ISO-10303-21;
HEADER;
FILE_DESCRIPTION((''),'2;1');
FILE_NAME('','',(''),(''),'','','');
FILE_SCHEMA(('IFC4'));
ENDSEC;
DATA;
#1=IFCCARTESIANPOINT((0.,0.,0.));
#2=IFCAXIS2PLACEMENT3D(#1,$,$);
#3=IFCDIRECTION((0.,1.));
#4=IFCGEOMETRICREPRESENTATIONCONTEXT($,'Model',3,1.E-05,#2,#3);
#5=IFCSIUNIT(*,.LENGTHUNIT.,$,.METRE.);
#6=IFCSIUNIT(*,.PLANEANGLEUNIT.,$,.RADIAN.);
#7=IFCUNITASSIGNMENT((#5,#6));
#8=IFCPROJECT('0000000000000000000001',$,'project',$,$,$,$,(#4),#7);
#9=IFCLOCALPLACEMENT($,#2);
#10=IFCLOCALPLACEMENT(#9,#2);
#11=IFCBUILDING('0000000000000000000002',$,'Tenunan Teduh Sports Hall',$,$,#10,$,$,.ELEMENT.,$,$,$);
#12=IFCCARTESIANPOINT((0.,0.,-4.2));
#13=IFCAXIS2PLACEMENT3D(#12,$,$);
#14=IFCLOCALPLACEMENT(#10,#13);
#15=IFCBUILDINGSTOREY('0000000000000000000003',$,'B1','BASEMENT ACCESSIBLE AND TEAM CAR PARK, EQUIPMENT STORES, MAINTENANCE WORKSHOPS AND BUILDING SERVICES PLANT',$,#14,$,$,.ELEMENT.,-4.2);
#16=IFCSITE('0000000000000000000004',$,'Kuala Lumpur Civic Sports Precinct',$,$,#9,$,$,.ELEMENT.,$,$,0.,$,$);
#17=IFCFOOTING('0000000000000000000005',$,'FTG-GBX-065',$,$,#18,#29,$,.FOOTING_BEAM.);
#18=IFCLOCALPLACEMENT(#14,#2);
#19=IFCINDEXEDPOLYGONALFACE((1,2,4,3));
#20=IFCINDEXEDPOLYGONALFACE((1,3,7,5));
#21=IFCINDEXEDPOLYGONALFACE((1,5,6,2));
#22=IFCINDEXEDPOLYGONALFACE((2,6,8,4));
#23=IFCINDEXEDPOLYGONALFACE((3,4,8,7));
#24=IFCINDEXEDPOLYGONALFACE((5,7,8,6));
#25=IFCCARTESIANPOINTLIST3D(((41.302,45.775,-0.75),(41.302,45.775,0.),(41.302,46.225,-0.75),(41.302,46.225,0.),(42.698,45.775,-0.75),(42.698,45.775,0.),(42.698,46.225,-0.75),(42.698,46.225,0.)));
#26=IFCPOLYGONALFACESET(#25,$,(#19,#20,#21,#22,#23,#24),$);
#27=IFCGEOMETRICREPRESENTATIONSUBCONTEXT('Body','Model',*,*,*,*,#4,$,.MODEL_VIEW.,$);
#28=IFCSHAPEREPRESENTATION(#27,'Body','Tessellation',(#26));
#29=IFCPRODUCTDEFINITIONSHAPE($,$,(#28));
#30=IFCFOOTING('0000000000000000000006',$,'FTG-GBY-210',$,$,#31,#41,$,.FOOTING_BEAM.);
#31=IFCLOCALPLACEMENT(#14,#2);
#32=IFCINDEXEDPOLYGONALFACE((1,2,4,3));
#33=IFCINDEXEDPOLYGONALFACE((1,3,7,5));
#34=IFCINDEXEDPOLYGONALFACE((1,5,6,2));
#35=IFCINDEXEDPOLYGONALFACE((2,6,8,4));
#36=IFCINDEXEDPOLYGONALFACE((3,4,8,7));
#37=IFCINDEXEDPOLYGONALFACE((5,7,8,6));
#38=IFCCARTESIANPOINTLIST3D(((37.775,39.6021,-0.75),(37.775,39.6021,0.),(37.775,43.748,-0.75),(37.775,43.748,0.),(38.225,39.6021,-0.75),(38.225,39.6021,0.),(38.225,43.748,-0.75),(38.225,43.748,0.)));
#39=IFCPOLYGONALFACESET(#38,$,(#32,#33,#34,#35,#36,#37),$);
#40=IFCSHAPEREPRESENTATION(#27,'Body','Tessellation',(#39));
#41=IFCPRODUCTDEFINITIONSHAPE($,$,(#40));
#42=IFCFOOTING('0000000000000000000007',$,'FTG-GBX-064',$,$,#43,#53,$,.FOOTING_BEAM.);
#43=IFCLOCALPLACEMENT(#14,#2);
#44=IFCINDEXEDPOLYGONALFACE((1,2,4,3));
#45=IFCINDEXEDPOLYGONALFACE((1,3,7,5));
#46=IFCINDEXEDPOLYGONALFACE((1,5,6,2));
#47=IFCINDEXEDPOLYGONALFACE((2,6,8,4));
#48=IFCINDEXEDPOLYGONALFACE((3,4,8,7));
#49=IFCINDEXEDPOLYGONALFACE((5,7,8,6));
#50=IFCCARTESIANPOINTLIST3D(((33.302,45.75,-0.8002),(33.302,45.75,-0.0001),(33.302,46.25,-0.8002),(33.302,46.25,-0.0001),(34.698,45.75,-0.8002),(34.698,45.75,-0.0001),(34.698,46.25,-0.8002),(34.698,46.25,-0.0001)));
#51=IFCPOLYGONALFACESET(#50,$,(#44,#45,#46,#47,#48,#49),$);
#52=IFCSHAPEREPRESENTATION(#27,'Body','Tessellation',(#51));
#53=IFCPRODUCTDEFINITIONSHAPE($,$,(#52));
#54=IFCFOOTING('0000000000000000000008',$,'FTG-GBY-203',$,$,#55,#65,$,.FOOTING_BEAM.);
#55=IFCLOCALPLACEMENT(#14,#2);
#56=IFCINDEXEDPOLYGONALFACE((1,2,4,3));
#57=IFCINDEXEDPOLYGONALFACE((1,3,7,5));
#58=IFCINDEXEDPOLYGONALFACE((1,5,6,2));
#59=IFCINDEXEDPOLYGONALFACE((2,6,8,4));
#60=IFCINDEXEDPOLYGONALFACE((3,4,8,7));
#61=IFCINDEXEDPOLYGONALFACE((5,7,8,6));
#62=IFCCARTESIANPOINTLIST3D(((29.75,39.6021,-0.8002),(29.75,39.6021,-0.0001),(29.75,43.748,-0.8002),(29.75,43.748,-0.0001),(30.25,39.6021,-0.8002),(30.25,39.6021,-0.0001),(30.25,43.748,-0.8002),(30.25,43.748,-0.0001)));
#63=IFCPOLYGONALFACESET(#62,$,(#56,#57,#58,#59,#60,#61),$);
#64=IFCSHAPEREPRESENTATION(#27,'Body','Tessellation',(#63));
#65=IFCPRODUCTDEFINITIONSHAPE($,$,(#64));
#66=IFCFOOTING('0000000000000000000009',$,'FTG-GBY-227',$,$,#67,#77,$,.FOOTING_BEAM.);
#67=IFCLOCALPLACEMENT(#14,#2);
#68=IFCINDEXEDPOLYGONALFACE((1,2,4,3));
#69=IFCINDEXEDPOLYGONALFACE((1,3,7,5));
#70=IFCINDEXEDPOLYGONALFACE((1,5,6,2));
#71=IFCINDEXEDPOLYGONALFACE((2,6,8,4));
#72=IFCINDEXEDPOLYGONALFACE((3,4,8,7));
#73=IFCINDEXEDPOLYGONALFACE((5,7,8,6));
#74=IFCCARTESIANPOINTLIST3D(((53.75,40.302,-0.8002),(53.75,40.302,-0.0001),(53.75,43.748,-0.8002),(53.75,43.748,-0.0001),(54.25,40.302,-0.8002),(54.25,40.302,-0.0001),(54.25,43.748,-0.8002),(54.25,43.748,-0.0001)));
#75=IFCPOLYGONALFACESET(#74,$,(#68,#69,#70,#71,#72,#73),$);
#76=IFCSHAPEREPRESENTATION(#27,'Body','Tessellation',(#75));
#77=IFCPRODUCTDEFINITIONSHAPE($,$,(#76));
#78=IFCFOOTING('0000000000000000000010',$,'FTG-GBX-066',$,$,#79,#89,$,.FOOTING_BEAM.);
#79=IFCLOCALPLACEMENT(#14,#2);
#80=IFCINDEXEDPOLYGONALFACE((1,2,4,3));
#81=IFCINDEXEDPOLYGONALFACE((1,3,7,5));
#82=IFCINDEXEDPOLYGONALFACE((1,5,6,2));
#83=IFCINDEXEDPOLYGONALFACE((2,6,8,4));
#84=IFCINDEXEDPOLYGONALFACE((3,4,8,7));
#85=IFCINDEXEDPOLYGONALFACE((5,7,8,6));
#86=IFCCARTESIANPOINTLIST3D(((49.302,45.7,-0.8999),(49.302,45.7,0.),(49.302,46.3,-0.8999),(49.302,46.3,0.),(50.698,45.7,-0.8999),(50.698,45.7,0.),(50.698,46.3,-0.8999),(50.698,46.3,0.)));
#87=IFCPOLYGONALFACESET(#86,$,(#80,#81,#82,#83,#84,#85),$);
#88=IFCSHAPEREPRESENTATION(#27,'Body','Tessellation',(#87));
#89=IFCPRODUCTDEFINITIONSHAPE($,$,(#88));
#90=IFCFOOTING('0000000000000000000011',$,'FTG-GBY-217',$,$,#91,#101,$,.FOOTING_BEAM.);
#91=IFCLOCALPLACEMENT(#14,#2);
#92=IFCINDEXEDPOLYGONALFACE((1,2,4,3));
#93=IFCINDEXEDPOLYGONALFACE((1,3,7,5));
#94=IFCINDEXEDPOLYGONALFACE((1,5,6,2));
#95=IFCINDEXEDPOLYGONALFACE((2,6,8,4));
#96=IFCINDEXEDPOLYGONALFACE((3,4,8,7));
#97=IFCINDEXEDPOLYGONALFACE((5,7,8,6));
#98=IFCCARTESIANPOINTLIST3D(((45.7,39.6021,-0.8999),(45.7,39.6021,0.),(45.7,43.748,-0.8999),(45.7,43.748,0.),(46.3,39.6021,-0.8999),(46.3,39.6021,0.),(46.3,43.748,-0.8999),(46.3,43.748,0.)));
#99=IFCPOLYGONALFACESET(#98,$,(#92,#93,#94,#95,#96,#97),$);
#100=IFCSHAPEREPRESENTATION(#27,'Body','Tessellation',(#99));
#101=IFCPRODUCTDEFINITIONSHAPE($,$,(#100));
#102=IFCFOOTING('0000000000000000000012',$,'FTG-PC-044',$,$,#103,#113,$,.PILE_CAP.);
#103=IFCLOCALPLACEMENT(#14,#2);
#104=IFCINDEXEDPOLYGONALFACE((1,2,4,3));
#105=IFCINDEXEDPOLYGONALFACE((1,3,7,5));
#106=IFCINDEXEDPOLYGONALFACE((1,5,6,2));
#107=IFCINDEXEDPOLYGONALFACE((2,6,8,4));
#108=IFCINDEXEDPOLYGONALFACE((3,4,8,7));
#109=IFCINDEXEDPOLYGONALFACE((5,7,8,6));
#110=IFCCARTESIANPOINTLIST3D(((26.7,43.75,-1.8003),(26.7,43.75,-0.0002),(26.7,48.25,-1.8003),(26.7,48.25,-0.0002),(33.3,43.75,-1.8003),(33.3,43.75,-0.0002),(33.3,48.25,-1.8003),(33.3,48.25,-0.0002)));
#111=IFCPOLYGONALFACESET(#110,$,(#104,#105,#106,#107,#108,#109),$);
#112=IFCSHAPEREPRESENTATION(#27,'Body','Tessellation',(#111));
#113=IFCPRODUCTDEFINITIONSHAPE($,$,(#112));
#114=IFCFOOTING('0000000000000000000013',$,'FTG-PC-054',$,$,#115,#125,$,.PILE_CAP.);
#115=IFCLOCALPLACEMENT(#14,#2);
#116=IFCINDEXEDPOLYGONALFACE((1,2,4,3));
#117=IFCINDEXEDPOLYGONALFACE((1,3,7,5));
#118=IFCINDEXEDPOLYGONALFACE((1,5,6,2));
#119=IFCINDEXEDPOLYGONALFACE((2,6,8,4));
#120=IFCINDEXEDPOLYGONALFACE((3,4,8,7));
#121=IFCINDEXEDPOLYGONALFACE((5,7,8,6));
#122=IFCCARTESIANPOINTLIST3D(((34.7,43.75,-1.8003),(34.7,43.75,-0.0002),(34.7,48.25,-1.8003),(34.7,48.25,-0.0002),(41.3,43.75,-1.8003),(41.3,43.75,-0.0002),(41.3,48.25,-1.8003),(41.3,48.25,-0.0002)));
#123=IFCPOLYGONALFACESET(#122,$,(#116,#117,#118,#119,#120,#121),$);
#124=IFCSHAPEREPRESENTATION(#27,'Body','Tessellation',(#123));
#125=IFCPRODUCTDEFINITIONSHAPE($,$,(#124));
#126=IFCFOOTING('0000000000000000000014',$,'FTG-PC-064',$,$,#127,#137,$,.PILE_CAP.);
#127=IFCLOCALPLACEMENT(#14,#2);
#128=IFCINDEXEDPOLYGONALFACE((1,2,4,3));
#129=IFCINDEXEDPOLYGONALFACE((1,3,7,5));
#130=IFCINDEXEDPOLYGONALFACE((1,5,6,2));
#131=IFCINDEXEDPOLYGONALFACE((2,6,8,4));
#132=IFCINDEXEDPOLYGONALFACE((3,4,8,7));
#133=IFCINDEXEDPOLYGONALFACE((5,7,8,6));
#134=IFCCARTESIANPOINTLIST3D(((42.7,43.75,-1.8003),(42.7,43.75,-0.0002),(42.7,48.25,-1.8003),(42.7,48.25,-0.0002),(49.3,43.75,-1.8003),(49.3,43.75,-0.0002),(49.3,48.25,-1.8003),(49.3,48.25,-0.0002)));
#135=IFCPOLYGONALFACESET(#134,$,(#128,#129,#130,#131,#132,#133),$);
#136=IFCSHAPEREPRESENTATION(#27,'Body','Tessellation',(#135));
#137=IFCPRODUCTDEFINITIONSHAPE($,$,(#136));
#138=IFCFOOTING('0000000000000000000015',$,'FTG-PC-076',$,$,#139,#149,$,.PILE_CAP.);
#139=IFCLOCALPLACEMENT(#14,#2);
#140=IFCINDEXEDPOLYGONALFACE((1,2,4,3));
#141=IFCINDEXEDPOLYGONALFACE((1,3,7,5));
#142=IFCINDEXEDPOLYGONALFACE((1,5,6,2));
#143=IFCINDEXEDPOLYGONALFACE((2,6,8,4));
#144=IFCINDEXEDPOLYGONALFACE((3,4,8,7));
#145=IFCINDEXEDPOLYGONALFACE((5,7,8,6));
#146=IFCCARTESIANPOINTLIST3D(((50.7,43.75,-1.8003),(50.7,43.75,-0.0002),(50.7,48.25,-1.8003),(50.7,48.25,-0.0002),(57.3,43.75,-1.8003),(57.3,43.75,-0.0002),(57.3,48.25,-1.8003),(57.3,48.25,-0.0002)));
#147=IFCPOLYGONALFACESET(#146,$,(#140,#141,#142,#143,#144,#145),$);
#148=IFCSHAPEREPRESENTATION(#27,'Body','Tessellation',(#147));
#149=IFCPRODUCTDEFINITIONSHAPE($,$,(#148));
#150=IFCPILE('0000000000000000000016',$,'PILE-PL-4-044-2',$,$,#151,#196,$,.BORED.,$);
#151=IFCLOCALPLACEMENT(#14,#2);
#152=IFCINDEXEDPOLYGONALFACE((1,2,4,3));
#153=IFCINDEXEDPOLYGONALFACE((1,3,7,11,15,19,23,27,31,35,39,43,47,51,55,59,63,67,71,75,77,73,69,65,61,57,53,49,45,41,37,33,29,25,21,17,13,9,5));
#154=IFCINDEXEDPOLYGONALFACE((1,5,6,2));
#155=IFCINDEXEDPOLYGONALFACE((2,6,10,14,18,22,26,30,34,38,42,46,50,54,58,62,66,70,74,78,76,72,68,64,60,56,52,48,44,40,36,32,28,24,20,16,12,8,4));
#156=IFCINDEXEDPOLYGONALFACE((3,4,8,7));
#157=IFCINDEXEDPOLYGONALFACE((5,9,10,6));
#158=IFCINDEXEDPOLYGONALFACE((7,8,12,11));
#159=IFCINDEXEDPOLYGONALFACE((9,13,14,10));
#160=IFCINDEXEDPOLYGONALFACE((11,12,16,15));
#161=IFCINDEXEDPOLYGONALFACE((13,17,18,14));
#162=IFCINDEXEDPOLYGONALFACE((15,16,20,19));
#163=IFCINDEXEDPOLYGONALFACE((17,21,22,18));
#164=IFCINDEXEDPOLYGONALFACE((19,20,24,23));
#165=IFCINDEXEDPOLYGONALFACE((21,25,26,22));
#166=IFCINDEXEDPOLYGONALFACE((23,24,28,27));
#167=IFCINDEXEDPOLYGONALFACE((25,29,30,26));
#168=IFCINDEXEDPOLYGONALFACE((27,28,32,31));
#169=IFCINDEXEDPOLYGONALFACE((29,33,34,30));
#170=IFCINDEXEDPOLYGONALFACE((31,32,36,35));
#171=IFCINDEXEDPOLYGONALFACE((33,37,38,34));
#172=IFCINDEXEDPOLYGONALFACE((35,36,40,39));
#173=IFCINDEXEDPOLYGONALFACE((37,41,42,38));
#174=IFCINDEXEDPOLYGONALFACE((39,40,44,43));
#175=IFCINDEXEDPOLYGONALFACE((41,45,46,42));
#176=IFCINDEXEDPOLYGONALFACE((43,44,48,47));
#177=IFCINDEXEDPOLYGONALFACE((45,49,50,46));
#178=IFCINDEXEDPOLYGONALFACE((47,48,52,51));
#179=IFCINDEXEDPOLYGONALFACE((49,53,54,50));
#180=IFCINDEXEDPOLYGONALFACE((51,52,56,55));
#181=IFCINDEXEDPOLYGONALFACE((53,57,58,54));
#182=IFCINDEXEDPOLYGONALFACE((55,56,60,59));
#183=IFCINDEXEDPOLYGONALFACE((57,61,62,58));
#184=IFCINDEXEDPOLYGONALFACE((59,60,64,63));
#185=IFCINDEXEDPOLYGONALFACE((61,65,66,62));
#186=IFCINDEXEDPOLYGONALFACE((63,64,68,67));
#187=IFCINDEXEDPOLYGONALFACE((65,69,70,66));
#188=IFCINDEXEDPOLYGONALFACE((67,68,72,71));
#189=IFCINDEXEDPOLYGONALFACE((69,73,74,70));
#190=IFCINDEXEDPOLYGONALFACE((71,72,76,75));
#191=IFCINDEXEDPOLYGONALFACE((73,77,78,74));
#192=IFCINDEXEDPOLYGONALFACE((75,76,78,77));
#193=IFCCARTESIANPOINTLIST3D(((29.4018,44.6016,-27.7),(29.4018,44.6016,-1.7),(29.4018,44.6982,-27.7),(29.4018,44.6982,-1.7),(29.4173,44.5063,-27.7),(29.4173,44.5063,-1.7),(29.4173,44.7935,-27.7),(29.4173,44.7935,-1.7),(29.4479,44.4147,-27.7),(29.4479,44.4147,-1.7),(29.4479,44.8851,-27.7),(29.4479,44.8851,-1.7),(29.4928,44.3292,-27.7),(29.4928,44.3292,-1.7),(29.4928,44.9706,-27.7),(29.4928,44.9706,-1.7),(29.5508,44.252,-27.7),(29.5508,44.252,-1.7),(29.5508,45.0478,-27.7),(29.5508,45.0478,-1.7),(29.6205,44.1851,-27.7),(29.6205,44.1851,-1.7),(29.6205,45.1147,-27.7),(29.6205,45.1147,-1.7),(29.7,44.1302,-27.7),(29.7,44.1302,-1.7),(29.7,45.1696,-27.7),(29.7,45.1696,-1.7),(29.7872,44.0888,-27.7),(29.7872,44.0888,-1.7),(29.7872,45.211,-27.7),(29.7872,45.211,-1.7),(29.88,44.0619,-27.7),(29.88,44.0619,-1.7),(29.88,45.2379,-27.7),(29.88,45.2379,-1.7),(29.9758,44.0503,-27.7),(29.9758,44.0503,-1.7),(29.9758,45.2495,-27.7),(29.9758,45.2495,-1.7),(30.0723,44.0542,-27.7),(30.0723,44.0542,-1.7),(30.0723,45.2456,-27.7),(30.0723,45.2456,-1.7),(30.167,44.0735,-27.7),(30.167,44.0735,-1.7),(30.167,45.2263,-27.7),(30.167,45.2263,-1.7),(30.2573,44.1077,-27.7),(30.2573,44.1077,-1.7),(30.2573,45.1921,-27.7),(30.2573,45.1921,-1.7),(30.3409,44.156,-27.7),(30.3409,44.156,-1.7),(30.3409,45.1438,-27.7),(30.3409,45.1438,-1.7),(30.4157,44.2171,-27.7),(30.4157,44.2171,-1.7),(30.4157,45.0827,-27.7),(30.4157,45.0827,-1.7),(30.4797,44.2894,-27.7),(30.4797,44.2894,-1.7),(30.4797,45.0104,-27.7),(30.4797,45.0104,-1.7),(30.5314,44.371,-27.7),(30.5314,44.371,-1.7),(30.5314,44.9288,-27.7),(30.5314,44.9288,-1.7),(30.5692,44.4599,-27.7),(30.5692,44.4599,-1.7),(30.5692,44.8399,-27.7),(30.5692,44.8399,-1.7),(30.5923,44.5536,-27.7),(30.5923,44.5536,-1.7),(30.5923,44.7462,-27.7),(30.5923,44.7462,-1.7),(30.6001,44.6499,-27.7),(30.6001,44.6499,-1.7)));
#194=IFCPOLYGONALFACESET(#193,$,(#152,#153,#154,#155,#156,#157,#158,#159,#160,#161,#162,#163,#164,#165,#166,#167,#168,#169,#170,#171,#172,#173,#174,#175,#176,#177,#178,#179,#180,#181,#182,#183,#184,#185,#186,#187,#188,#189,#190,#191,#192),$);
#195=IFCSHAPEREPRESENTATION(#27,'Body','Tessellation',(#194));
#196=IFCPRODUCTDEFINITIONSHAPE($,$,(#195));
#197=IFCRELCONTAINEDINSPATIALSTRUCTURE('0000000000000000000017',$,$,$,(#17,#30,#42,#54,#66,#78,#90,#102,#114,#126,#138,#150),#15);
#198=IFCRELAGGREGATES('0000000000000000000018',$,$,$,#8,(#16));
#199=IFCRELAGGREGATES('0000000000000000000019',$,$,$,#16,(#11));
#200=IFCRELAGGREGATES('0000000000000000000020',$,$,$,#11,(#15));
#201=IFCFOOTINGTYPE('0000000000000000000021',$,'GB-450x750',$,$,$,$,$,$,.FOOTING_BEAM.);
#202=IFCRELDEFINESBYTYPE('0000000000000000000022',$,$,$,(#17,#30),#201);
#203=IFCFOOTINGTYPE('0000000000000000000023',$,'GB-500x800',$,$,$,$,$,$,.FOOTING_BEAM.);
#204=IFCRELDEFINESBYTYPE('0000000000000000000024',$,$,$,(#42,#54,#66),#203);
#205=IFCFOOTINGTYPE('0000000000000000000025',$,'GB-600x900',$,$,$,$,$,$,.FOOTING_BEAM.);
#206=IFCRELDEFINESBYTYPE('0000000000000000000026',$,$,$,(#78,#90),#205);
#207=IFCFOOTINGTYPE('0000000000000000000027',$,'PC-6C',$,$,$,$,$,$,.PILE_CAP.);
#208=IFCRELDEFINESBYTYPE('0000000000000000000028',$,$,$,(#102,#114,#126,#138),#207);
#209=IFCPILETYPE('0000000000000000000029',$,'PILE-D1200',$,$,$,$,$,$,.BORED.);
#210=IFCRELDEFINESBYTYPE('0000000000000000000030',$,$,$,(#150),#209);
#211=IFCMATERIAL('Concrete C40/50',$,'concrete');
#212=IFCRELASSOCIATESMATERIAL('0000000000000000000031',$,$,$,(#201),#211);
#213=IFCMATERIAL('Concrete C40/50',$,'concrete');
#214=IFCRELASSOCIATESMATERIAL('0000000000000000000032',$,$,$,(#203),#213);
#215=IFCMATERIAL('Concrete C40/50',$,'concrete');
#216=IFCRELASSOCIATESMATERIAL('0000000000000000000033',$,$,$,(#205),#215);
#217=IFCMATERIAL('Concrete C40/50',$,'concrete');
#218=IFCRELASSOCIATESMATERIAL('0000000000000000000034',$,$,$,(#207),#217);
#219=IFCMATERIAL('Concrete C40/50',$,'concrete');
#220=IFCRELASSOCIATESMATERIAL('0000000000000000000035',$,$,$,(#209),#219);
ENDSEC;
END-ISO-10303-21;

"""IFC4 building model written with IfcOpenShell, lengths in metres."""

from ifc_helpers import new_model, si_unit, direction, frame, origin, origin_2d, place, context, subcontext, project, spatial, rectangle, circle, extrude, material, material_profile, profile_set, type_object, element, save


model = new_model("IFC4")

# Units and contexts
model_context = context("Model", 3, precision=1e-05, world=origin(), true_north=direction((0.0, 1.0)))
body_context = subcontext(model_context, "Body", "Model", "MODEL_VIEW")
ifc_project = project(units=[si_unit("LENGTHUNIT", "METRE"), si_unit("PLANEANGLEUNIT", "RADIAN")], contexts=[model_context])

# Site, building, storey
site_placement = place(None, origin())
site = spatial("IfcSite", under=ifc_project, at=site_placement, Name="Kuala Lumpur Civic Sports Precinct", CompositionType="ELEMENT", RefElevation=0.0)
building_placement = place(site_placement, origin())
building = spatial("IfcBuilding", under=site, at=building_placement, Name="Tenunan Teduh Sports Hall", CompositionType="ELEMENT")
storey_placement = place(building_placement, frame((0.0, 0.0, -4.2)))
storey = spatial("IfcBuildingStorey", under=building, at=storey_placement, Name="B1", Description="BASEMENT ACCESSIBLE AND TEAM CAR PARK, EQUIPMENT STORES, MAINTENANCE WORKSHOPS AND BUILDING SERVICES PLANT", CompositionType="ELEMENT", Elevation=-4.2)

# Footings
ifc_material_1 = material(Name="Concrete C40/50", Category="concrete")
ifc_material_profile_1 = material_profile(ifc_material_1, rectangle(XDim=0.45, YDim=0.75, at=origin_2d()), Name="RCB 450x750")
ifc_profile_set_1 = profile_set([ifc_material_profile_1], Name="Concrete C40/50")
footing_type_1 = type_object("IfcFootingType", Name="GB-450x750", PredefinedType="FOOTING_BEAM", material=ifc_profile_set_1)
footing_1_placement = place(storey_placement, frame((41.302, 46.0, -0.375), z_axis=(1.0, 0.0, 0.0), x_axis=(0.0, 1.0, 0.0)))
element("IfcFooting", 1, at=footing_1_placement, inside=storey, type_object=footing_type_1, Name="FTG-GBX-065", PredefinedType="FOOTING_BEAM", context=body_context, shape_type="SweptSolid", body=[
    extrude(rectangle(XDim=0.45, YDim=0.75, at=origin_2d()), origin(), (0.0, 0.0, 1.0), 1.396),
])
footing_2_placement = place(storey_placement, frame((38.0, 39.6021, -0.375), z_axis=(0.0, 1.0, 0.0), x_axis=(-1.0, 0.0, 0.0)))
element("IfcFooting", 2, at=footing_2_placement, inside=storey, type_object=footing_type_1, Name="FTG-GBY-210", PredefinedType="FOOTING_BEAM", context=body_context, shape_type="SweptSolid", body=[
    extrude(rectangle(XDim=0.45, YDim=0.75, at=origin_2d()), origin(), (0.0, 0.0, 1.0), 4.146),
])
ifc_material_2 = material(Name="Concrete C40/50", Category="concrete")
ifc_material_profile_2 = material_profile(ifc_material_2, rectangle(XDim=0.5, YDim=0.8, at=origin_2d()), Name="RCB 500x800")
ifc_profile_set_2 = profile_set([ifc_material_profile_2], Name="Concrete C40/50")
footing_type_2 = type_object("IfcFootingType", Name="GB-500x800", PredefinedType="FOOTING_BEAM", material=ifc_profile_set_2)
footing_3_placement = place(storey_placement, frame((33.302, 46.0, -0.4001), z_axis=(1.0, 0.0, 0.0), x_axis=(0.0, 1.0, 0.0)))
element("IfcFooting", 3, at=footing_3_placement, inside=storey, type_object=footing_type_2, Name="FTG-GBX-064", PredefinedType="FOOTING_BEAM", context=body_context, shape_type="SweptSolid", body=[
    extrude(rectangle(XDim=0.5, YDim=0.8, at=origin_2d()), origin(), (0.0, 0.0, 1.0), 1.396),
])
footing_4_placement = place(storey_placement, frame((30.0, 39.6021, -0.4001), z_axis=(0.0, 1.0, 0.0), x_axis=(-1.0, 0.0, 0.0)))
element("IfcFooting", 4, at=footing_4_placement, inside=storey, type_object=footing_type_2, Name="FTG-GBY-203", PredefinedType="FOOTING_BEAM", context=body_context, shape_type="SweptSolid", body=[
    extrude(rectangle(XDim=0.5, YDim=0.8, at=origin_2d()), origin(), (0.0, 0.0, 1.0), 4.146),
])
footing_5_placement = place(storey_placement, frame((54.0, 40.302, -0.4001), z_axis=(0.0, 1.0, 0.0), x_axis=(-1.0, 0.0, 0.0)))
element("IfcFooting", 5, at=footing_5_placement, inside=storey, type_object=footing_type_2, Name="FTG-GBY-227", PredefinedType="FOOTING_BEAM", context=body_context, shape_type="SweptSolid", body=[
    extrude(rectangle(XDim=0.5, YDim=0.8, at=origin_2d()), origin(), (0.0, 0.0, 1.0), 3.446),
])
ifc_material_3 = material(Name="Concrete C40/50", Category="concrete")
ifc_material_profile_3 = material_profile(ifc_material_3, rectangle(XDim=0.6001, YDim=0.8999, at=origin_2d()), Name="RCB 600x900")
ifc_profile_set_3 = profile_set([ifc_material_profile_3], Name="Concrete C40/50")
footing_type_3 = type_object("IfcFootingType", Name="GB-600x900", PredefinedType="FOOTING_BEAM", material=ifc_profile_set_3)
footing_6_placement = place(storey_placement, frame((49.302, 46.0, -0.45), z_axis=(1.0, 0.0, 0.0), x_axis=(0.0, 1.0, 0.0)))
element("IfcFooting", 6, at=footing_6_placement, inside=storey, type_object=footing_type_3, Name="FTG-GBX-066", PredefinedType="FOOTING_BEAM", context=body_context, shape_type="SweptSolid", body=[
    extrude(rectangle(XDim=0.6001, YDim=0.8999, at=origin_2d()), origin(), (0.0, 0.0, 1.0), 1.396),
])
footing_7_placement = place(storey_placement, frame((46.0, 39.6021, -0.45), z_axis=(0.0, 1.0, 0.0), x_axis=(-1.0, 0.0, 0.0)))
element("IfcFooting", 7, at=footing_7_placement, inside=storey, type_object=footing_type_3, Name="FTG-GBY-217", PredefinedType="FOOTING_BEAM", context=body_context, shape_type="SweptSolid", body=[
    extrude(rectangle(XDim=0.6001, YDim=0.8999, at=origin_2d()), origin(), (0.0, 0.0, 1.0), 4.146),
])
ifc_material_4 = material(Name="Concrete C40/50", Category="concrete")
footing_type_4 = type_object("IfcFootingType", Name="PC-6C", PredefinedType="PILE_CAP", material=ifc_material_4)
for number, where, z_axis, x_axis, name in (
    (8, (30.0, 46.0, -1.8003), (0.0, 0.0, 1.0), (1.0, 0.0, 0.0), "FTG-PC-044"),
    (9, (38.0, 46.0, -1.8003), (0.0, 0.0, 1.0), (1.0, 0.0, 0.0), "FTG-PC-054"),
    (10, (46.0, 46.0, -1.8003), (0.0, 0.0, 1.0), (1.0, 0.0, 0.0), "FTG-PC-064"),
    (11, (54.0, 46.0, -1.8003), (0.0, 0.0, 1.0), (1.0, 0.0, 0.0), "FTG-PC-076"),
):
    element("IfcFooting", number, at=place(storey_placement, frame(where, z_axis=z_axis, x_axis=x_axis)), inside=storey, type_object=footing_type_4, Name=name, PredefinedType="PILE_CAP", context=body_context, shape_type="SweptSolid", body=[
        extrude(rectangle(XDim=6.6001, YDim=4.5, at=origin_2d()), origin(), (0.0, 0.0, 1.0), 1.8),
    ])

# Pile
ifc_material_5 = material(Name="Concrete C40/50", Category="concrete")
ifc_material_profile_4 = material_profile(ifc_material_5, circle(Radius=0.6001, at=origin_2d()), Name="PILE D1200")
ifc_profile_set_4 = profile_set([ifc_material_profile_4], Name="Concrete C40/50")
pile_type_1 = type_object("IfcPileType", Name="PILE-D1200", PredefinedType="BORED", material=ifc_profile_set_4)
for number, where, z_axis, x_axis, name in (
    (12, (30.0, 44.6499, -1.7), (0.0, 0.0, -1.0), (1.0, 0.0, 0.0), "PILE-PL-4-044-2"),
):
    element("IfcPile", number, at=place(storey_placement, frame(where, z_axis=z_axis, x_axis=x_axis)), inside=storey, type_object=pile_type_1, Name=name, PredefinedType="BORED", context=body_context, shape_type="SweptSolid", body=[
        extrude(circle(Radius=0.6001, at=origin_2d()), origin(), (0.0, 0.0, 1.0), 26.0),
    ])

save(model, "model.ifc")
